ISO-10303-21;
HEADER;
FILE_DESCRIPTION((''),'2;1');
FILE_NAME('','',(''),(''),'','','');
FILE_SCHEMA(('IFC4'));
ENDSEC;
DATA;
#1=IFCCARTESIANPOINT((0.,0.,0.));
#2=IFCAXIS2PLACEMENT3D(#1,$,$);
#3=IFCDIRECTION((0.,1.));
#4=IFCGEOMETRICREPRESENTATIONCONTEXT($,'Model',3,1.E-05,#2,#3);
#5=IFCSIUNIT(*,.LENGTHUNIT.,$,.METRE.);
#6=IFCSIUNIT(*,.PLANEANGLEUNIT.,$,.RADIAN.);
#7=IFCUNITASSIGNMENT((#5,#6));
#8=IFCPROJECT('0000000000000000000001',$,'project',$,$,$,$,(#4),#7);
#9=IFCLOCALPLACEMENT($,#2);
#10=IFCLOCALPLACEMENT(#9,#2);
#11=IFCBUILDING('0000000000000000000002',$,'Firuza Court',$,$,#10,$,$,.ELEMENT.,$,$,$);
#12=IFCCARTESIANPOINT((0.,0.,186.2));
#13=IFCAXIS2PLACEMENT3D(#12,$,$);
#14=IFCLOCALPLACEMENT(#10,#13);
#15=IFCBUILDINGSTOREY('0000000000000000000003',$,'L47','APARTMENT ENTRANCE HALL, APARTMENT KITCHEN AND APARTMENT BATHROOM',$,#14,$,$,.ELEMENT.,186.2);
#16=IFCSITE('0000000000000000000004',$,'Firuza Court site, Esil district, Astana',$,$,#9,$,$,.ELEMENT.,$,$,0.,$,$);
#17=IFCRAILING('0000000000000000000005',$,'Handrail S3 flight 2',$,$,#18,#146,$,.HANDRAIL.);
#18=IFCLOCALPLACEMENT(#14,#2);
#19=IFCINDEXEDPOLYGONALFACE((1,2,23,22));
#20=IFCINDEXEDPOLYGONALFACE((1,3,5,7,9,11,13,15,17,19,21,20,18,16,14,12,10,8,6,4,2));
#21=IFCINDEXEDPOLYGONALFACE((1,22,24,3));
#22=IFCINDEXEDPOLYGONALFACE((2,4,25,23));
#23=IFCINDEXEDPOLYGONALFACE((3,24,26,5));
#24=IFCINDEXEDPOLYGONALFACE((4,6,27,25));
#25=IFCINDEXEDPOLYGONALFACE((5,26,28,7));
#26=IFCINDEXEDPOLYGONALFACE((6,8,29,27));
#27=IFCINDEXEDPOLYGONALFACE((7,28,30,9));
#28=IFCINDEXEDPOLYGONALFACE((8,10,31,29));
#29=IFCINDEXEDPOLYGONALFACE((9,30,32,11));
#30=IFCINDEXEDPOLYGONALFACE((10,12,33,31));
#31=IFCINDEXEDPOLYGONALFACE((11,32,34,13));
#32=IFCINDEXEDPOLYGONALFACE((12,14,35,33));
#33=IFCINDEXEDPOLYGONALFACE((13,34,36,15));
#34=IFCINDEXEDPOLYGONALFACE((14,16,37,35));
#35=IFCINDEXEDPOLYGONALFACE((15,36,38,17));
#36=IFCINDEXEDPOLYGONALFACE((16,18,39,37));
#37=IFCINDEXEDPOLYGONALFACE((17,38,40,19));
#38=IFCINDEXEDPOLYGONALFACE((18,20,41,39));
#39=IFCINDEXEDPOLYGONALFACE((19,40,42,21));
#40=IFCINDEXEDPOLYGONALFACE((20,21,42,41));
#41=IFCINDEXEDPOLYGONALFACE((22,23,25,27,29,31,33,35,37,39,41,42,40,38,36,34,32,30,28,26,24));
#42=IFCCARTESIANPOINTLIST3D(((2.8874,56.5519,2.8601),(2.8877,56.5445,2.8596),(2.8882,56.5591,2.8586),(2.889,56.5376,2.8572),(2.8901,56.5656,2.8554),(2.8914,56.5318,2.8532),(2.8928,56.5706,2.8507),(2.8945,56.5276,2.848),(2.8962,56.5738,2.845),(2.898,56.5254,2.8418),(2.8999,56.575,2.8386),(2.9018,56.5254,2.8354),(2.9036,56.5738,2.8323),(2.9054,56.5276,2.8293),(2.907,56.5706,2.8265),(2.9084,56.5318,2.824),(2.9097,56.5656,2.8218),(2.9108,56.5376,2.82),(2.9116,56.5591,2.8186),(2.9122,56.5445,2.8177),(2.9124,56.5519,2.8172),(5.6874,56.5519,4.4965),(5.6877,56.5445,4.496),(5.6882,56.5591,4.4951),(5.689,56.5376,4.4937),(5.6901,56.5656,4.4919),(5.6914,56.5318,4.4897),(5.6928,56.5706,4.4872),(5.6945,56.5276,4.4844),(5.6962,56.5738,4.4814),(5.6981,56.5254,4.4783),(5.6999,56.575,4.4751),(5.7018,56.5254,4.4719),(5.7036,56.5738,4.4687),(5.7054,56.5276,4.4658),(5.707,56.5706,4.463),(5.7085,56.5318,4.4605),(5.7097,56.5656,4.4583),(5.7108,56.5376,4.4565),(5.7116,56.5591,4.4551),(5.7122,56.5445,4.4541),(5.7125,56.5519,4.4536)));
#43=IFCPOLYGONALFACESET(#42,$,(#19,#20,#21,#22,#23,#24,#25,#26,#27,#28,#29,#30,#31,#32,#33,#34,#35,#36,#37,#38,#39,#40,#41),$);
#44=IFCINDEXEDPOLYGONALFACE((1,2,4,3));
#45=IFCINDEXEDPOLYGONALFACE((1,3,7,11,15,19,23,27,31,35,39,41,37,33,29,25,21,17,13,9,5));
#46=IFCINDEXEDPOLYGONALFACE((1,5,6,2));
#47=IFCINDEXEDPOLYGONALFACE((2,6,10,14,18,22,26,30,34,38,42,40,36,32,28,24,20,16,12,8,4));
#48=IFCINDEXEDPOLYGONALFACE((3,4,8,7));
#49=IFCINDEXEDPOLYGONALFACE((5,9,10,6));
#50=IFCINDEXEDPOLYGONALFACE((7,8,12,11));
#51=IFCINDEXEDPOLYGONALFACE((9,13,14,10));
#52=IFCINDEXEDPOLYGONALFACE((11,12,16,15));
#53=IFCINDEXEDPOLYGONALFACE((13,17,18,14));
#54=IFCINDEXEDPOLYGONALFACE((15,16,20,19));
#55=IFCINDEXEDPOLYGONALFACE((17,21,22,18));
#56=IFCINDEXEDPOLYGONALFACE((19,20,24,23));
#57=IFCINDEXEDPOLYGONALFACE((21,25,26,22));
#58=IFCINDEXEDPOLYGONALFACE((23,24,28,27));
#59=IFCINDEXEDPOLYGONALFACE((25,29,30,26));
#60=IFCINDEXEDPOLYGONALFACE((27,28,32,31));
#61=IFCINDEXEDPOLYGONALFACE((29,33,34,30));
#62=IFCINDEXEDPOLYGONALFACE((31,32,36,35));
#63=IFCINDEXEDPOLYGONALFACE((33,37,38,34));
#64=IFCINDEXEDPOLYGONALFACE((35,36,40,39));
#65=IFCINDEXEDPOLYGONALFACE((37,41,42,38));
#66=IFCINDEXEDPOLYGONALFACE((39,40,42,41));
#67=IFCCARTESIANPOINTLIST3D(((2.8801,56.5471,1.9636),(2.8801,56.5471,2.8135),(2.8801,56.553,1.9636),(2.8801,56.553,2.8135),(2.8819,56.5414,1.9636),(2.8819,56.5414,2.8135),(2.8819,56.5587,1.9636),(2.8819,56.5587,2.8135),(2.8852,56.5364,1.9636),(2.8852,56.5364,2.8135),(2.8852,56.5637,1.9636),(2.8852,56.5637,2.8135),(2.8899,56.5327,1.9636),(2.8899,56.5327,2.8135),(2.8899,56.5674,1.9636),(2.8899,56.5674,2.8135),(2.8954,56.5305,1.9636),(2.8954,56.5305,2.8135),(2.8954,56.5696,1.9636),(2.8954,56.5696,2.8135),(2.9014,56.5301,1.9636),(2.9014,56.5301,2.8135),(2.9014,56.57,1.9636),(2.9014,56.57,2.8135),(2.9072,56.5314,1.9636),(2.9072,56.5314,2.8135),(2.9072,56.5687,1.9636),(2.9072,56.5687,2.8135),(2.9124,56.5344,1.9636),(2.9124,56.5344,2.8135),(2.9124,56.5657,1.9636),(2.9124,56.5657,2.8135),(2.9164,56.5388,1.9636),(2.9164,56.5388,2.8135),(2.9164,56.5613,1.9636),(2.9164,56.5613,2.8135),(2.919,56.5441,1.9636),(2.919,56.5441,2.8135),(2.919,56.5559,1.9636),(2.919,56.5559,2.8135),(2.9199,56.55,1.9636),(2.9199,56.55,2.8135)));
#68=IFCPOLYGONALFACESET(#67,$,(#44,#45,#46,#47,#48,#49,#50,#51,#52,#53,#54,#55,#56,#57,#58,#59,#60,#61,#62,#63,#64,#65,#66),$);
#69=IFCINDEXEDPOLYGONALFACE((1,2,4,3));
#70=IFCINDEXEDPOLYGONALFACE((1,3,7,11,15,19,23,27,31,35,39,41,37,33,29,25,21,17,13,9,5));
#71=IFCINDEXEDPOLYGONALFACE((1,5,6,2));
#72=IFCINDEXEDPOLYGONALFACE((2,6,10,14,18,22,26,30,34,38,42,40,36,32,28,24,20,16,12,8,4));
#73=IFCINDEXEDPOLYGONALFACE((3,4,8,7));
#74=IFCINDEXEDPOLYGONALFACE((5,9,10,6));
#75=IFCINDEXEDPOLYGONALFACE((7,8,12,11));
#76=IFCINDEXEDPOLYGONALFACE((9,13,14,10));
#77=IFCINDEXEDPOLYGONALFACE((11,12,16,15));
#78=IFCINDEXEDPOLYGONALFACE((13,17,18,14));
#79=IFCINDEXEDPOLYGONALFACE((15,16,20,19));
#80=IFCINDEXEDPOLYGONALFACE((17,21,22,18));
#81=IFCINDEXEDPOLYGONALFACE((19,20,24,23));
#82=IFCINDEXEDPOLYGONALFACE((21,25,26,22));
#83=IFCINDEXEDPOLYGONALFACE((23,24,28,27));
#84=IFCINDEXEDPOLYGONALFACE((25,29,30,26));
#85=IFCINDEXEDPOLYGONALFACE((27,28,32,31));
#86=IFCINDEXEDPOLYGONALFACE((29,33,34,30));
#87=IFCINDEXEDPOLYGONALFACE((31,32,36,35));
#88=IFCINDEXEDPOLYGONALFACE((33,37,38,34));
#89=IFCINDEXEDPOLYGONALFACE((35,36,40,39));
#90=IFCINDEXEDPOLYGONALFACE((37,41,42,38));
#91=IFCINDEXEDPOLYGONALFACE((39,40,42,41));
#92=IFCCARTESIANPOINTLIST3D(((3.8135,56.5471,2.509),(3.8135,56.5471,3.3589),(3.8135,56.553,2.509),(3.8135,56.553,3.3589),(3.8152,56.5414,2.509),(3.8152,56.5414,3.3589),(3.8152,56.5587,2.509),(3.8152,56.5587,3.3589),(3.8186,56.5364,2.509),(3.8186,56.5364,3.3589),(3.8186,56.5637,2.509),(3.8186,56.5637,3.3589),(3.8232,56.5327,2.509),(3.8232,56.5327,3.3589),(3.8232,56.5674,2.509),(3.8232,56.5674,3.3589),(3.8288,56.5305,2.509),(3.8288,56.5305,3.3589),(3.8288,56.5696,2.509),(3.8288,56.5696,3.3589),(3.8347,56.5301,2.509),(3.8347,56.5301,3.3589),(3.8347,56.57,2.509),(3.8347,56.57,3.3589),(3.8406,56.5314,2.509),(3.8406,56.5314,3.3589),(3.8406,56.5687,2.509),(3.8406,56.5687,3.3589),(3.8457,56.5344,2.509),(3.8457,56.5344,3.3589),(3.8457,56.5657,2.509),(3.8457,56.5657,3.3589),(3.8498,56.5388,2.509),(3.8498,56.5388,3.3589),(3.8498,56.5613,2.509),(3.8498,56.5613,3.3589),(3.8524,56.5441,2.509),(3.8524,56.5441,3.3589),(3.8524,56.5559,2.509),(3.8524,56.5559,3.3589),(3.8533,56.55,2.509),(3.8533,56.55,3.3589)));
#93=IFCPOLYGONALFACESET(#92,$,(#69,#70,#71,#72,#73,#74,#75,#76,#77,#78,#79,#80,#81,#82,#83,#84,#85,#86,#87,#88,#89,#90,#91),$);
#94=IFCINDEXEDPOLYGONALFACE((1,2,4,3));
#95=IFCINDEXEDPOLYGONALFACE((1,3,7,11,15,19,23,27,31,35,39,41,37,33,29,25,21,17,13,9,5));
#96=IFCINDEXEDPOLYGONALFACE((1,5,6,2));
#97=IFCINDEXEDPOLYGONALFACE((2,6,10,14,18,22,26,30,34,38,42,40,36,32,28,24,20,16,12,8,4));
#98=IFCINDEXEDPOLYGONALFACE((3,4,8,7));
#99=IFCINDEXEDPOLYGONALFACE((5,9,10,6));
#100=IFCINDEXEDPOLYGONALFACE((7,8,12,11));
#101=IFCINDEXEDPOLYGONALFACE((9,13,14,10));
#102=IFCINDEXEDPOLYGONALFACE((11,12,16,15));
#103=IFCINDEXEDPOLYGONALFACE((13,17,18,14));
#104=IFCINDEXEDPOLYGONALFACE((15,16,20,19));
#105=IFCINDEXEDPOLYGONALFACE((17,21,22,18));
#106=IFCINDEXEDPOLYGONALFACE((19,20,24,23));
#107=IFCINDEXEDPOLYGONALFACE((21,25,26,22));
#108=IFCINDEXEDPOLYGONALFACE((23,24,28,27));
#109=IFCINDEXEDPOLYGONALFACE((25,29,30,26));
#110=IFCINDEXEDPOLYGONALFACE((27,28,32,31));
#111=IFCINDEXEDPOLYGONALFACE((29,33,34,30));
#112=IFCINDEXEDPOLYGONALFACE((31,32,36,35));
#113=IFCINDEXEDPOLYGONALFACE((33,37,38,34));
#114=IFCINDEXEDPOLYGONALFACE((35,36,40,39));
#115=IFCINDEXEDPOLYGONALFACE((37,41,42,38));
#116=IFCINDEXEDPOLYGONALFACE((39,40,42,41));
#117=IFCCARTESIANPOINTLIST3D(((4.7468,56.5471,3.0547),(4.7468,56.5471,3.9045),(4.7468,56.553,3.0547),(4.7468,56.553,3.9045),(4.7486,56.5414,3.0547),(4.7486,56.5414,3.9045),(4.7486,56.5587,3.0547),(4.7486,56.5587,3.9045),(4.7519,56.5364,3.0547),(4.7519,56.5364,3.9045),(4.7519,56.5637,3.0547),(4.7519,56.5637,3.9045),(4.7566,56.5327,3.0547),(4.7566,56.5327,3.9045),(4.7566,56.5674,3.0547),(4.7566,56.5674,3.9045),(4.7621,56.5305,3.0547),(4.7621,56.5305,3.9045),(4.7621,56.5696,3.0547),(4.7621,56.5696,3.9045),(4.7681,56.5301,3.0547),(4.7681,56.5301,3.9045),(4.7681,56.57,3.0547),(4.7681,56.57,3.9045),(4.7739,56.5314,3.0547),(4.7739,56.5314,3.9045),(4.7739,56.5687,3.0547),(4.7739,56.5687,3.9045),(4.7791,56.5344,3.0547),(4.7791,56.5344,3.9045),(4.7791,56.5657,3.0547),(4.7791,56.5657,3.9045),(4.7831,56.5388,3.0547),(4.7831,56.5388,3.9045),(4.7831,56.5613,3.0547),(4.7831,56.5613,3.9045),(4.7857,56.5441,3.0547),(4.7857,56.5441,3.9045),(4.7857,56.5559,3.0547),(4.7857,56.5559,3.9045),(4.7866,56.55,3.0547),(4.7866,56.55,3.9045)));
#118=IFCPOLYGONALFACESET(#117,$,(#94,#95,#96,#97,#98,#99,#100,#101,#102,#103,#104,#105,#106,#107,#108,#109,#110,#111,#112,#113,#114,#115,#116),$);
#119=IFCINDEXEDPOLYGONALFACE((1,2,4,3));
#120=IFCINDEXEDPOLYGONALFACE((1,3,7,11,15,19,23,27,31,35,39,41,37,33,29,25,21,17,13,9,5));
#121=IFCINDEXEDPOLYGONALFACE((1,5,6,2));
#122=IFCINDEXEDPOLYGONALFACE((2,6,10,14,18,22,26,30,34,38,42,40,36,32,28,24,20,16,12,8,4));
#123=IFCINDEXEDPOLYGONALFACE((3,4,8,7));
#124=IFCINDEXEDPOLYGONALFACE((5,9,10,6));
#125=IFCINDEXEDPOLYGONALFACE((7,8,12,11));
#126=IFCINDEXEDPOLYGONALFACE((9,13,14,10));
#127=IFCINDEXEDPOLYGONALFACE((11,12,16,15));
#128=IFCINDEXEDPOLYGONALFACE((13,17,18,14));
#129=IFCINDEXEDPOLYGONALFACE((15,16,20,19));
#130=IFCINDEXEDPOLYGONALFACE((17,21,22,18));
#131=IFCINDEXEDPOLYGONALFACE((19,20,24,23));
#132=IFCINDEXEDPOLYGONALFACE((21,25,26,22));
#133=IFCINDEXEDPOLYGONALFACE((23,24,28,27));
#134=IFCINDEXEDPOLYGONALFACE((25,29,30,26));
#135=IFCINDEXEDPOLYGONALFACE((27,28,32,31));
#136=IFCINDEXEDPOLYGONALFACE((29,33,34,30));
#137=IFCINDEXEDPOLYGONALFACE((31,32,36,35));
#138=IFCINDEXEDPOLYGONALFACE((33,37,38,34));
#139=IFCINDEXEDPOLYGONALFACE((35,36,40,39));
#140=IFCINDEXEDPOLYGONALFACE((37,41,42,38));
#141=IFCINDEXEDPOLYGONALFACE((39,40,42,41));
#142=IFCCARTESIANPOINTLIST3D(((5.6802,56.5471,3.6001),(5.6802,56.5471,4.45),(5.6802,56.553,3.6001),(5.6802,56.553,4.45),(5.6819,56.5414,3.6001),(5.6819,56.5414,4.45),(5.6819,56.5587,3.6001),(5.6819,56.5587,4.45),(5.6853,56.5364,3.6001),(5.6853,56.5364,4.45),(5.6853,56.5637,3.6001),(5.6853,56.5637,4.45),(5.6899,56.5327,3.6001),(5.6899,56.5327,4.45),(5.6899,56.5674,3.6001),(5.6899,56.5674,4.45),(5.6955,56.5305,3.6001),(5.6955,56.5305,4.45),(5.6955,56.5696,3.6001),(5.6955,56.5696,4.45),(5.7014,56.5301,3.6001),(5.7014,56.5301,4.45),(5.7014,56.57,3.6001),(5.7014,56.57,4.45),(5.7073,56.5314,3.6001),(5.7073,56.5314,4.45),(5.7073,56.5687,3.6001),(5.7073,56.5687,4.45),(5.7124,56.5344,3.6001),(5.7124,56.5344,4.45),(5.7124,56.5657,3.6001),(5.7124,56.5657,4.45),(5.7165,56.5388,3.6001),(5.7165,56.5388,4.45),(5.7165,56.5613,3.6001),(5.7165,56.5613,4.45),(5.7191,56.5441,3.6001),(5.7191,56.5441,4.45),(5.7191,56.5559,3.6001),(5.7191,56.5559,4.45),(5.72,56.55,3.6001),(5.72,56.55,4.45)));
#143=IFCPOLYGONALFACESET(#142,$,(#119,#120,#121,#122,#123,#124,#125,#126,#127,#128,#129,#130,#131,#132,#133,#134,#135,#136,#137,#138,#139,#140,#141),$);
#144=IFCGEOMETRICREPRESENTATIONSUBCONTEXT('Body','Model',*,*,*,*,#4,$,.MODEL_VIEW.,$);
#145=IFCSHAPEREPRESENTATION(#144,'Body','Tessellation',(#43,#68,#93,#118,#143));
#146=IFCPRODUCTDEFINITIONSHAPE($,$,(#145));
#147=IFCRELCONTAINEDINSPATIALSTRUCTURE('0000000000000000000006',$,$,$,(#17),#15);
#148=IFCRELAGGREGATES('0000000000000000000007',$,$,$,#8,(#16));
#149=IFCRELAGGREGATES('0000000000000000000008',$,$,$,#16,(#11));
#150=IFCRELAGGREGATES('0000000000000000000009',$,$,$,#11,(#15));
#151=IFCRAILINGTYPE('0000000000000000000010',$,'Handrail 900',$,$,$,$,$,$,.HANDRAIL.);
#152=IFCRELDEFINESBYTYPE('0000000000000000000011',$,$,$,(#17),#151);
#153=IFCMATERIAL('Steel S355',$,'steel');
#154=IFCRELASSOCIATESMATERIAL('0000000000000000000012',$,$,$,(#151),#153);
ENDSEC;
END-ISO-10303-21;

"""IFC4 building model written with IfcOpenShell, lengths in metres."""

from ifc_helpers import new_model, si_unit, direction, frame, origin, origin_2d, place, context, subcontext, project, spatial, circle, extrude, material, type_object, element, save


model = new_model("IFC4")

# Units and contexts
model_context = context("Model", 3, precision=1e-05, world=origin(), true_north=direction((0.0, 1.0)))
body_context = subcontext(model_context, "Body", "Model", "MODEL_VIEW")
ifc_project = project(units=[si_unit("LENGTHUNIT", "METRE"), si_unit("PLANEANGLEUNIT", "RADIAN")], contexts=[model_context])

# Site, building, storey
site_placement = place(None, origin())
site = spatial("IfcSite", under=ifc_project, at=site_placement, Name="Firuza Court site, Esil district, Astana", CompositionType="ELEMENT", RefElevation=0.0)
building_placement = place(site_placement, origin())
building = spatial("IfcBuilding", under=site, at=building_placement, Name="Firuza Court", CompositionType="ELEMENT")
storey_placement = place(building_placement, frame((0.0, 0.0, 186.2)))
storey = spatial("IfcBuildingStorey", under=building, at=storey_placement, Name="L47", Description="APARTMENT ENTRANCE HALL, APARTMENT KITCHEN AND APARTMENT BATHROOM", CompositionType="ELEMENT", Elevation=186.2)

# Railing
ifc_material_1 = material(Name="Steel S355", Category="steel")
railing_type_1 = type_object("IfcRailingType", Name="Handrail 900", PredefinedType="HANDRAIL", material=ifc_material_1)
railing_1_placement = place(storey_placement, frame((2.8999, 56.55, 1.9636)))
element("IfcRailing", 1, at=railing_1_placement, inside=storey, type_object=railing_type_1, Name="Handrail S3 flight 2", PredefinedType="HANDRAIL", context=body_context, shape_type="SweptSolid", body=[
    extrude(circle(Radius=0.0249, at=origin_2d()), frame((0.0, 0.0, 0.875), z_axis=(0.863361, 0.0, 0.504587), x_axis=(0.0, 1.0, 0.0)), (0.0, 0.0, 1.0), 3.2432),
    extrude(circle(Radius=0.02, at=origin_2d()), origin(), (0.0, 0.0, 1.0), 0.8499),
    extrude(circle(Radius=0.02, at=origin_2d()), frame((0.9333, 0.0, 0.5454)), (0.0, 0.0, 1.0), 0.8499),
    extrude(circle(Radius=0.02, at=origin_2d()), frame((1.8667, 0.0, 1.0911)), (0.0, 0.0, 1.0), 0.8499),
    extrude(circle(Radius=0.02, at=origin_2d()), frame((2.8, 0.0, 1.6365)), (0.0, 0.0, 1.0), 0.8499),
])

save(model, "model.ifc")
